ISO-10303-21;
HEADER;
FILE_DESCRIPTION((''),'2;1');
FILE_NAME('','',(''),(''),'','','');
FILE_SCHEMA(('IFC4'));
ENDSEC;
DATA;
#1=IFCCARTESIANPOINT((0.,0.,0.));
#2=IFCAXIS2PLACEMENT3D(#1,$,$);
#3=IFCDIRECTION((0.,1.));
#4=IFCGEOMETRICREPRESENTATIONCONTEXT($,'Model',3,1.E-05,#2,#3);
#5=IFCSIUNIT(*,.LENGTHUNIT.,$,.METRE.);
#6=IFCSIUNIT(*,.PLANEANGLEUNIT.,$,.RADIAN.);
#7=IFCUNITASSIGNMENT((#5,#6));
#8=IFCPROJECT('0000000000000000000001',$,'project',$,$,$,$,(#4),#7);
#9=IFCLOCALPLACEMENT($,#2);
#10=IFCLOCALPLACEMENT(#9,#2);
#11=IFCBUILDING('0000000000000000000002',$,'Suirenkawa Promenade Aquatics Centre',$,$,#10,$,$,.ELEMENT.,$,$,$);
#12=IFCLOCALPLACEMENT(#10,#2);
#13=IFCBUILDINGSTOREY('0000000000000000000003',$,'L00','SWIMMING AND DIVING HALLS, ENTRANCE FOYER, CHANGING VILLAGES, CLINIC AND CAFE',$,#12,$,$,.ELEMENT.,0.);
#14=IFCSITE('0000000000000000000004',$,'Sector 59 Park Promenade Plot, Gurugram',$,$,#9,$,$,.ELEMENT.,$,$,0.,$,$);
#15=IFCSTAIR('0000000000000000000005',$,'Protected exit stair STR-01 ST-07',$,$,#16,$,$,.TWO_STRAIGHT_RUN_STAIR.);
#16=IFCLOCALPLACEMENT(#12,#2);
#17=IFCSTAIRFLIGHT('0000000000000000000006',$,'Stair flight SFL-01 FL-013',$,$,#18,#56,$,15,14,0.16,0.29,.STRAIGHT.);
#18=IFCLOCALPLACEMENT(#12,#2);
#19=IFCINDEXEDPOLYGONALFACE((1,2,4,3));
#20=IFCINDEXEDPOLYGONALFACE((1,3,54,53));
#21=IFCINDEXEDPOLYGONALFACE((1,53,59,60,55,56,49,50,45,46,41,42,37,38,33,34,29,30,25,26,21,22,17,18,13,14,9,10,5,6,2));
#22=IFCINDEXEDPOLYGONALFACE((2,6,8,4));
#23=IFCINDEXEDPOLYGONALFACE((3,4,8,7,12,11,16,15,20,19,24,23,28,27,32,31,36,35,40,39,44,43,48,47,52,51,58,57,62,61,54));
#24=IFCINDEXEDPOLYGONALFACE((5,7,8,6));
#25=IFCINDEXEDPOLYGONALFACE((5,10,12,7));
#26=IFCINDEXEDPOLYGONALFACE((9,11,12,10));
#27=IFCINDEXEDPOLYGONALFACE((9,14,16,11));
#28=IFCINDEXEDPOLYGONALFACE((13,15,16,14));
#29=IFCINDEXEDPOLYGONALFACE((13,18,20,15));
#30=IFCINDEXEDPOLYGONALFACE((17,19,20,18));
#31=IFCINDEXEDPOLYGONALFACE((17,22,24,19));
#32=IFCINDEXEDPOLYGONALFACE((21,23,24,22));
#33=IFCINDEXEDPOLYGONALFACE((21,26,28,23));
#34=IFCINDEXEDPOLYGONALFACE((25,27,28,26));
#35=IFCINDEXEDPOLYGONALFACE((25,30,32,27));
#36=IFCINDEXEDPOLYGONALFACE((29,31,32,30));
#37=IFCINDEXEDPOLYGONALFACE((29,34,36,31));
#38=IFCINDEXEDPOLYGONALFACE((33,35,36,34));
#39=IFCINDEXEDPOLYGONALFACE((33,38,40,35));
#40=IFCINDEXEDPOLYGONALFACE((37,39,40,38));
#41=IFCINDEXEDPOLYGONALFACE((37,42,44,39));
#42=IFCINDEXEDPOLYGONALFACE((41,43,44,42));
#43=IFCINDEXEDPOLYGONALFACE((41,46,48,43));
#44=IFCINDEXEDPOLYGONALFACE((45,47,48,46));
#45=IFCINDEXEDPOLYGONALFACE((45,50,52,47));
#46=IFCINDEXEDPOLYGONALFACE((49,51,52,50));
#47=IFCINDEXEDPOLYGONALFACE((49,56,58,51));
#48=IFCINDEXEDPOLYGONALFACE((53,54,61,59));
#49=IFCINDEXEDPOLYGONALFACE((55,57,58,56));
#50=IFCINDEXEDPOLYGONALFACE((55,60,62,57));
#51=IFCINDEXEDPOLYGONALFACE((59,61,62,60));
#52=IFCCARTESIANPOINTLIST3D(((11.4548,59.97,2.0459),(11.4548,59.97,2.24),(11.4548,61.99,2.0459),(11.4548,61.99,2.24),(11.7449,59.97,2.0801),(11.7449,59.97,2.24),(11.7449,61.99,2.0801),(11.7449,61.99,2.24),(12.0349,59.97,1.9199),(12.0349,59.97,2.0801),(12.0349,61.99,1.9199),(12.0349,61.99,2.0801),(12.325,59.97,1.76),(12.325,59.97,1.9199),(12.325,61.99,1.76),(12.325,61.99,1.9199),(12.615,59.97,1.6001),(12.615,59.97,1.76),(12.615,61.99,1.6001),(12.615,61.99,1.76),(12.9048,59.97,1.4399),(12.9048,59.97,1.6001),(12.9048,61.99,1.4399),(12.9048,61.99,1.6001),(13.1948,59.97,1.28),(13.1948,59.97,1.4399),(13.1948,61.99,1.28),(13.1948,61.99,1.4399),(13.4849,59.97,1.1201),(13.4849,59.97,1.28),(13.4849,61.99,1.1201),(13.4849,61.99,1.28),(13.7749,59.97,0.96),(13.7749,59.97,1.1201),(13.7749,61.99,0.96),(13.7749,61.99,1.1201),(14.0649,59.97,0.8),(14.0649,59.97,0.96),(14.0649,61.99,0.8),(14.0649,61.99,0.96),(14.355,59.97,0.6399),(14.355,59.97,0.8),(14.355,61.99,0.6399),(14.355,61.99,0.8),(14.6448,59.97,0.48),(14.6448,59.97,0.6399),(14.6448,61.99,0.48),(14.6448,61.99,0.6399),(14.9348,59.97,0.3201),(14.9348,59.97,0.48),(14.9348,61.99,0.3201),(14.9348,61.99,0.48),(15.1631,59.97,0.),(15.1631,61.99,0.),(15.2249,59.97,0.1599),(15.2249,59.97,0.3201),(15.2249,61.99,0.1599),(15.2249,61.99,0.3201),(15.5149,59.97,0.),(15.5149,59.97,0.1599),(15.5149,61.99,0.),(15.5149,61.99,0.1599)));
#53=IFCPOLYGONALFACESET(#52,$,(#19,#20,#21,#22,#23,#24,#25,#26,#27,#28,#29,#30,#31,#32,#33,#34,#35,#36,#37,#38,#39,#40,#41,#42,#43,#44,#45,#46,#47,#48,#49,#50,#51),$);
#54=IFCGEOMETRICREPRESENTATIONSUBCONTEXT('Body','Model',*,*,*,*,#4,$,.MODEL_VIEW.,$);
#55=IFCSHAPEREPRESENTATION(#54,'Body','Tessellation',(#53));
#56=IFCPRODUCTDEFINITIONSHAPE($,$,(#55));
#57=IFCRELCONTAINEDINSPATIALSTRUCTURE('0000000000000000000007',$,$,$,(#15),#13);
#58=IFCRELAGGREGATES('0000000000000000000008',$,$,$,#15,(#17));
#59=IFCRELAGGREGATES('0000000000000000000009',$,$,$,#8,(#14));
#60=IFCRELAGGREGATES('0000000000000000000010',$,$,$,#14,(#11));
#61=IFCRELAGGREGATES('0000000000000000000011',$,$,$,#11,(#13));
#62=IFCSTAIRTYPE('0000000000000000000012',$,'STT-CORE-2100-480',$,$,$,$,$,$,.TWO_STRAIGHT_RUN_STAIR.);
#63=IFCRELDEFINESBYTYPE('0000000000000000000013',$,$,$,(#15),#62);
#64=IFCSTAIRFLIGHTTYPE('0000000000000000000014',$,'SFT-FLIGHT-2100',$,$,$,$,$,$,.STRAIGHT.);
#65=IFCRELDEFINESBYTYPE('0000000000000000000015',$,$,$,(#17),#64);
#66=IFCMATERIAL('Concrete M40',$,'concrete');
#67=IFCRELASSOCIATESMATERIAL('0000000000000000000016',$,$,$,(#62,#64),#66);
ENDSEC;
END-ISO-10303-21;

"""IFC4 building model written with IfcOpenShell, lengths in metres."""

from ifc_helpers import new_model, si_unit, direction, frame, origin, place, context, subcontext, project, spatial, polyline, outline, extrude, material, type_object, element, aggregate, save


model = new_model("IFC4")

# Units and contexts
model_context = context("Model", 3, precision=1e-05, world=origin(), true_north=direction((0.0, 1.0)))
body_context = subcontext(model_context, "Body", "Model", "MODEL_VIEW")
ifc_project = project(units=[si_unit("LENGTHUNIT", "METRE"), si_unit("PLANEANGLEUNIT", "RADIAN")], contexts=[model_context])

# Site, building, storey
site_placement = place(None, origin())
site = spatial("IfcSite", under=ifc_project, at=site_placement, Name="Sector 59 Park Promenade Plot, Gurugram", CompositionType="ELEMENT", RefElevation=0.0)
building_placement = place(site_placement, origin())
building = spatial("IfcBuilding", under=site, at=building_placement, Name="Suirenkawa Promenade Aquatics Centre", CompositionType="ELEMENT")
storey_placement = place(building_placement, origin())
storey = spatial("IfcBuildingStorey", under=building, at=storey_placement, Name="L00", Description="SWIMMING AND DIVING HALLS, ENTRANCE FOYER, CHANGING VILLAGES, CLINIC AND CAFE", CompositionType="ELEMENT", Elevation=0.0)

# Shared definitions
ifc_material_1 = material(Name="Concrete M40", Category="concrete")

# Stair, stair flight
stair_type = type_object("IfcStairType", Name="STT-CORE-2100-480", PredefinedType="TWO_STRAIGHT_RUN_STAIR", material=ifc_material_1)
stair_placement = place(storey_placement, origin())
stair = element("IfcStair", 1, at=stair_placement, inside=storey, type_object=stair_type, Name="Protected exit stair STR-01 ST-07", PredefinedType="TWO_STRAIGHT_RUN_STAIR")
stair_flight_type = type_object("IfcStairFlightType", Name="SFT-FLIGHT-2100", PredefinedType="STRAIGHT", material=ifc_material_1)
stair_flight_placement = place(storey_placement, frame((15.5149, 60.98, 0.0), z_axis=(0.0, 0.0, 1.0), x_axis=(-1.0, 0.0, 0.0)))
stair_flight = element("IfcStairFlight", 2, at=stair_flight_placement, type_object=stair_flight_type, Name="Stair flight SFL-01 FL-013", NumberOfRisers=15, NumberOfTreads=14, PredefinedType="STRAIGHT", RiserHeight=0.16, TreadLength=0.29, context=body_context, shape_type="SweptSolid", body=[
    extrude(outline(polyline([(0.0, 0.0), (0.0, 0.1599), (0.29, 0.1599), (0.29, 0.3201), (0.5801, 0.3201), (0.5801, 0.48), (0.8701, 0.48), (0.8701, 0.6399), (1.1599, 0.6399), (1.1599, 0.8), (1.45, 0.8), (1.45, 0.96), (1.74, 0.96), (1.74, 1.1201), (2.03, 1.1201), (2.03, 1.28), (2.3201, 1.28), (2.3201, 1.4399), (2.6101, 1.4399), (2.6101, 1.6001), (2.8999, 1.6001), (2.8999, 1.76), (3.1899, 1.76), (3.1899, 1.9199), (3.48, 1.9199), (3.48, 2.0801), (3.77, 2.0801), (3.77, 2.24), (4.0601, 2.24), (4.0601, 2.3999), (4.0601, 2.0459), (0.3518, 0.0), (0.0, 0.0)])), frame((0.0, 1.01, 0.0), z_axis=(0.0, -1.0, 0.0), x_axis=(1.0, 0.0, 0.0)), (0.0, 0.0, 1.0), 2.02),
])
aggregate(stair, [stair_flight])

save(model, "model.ifc")
